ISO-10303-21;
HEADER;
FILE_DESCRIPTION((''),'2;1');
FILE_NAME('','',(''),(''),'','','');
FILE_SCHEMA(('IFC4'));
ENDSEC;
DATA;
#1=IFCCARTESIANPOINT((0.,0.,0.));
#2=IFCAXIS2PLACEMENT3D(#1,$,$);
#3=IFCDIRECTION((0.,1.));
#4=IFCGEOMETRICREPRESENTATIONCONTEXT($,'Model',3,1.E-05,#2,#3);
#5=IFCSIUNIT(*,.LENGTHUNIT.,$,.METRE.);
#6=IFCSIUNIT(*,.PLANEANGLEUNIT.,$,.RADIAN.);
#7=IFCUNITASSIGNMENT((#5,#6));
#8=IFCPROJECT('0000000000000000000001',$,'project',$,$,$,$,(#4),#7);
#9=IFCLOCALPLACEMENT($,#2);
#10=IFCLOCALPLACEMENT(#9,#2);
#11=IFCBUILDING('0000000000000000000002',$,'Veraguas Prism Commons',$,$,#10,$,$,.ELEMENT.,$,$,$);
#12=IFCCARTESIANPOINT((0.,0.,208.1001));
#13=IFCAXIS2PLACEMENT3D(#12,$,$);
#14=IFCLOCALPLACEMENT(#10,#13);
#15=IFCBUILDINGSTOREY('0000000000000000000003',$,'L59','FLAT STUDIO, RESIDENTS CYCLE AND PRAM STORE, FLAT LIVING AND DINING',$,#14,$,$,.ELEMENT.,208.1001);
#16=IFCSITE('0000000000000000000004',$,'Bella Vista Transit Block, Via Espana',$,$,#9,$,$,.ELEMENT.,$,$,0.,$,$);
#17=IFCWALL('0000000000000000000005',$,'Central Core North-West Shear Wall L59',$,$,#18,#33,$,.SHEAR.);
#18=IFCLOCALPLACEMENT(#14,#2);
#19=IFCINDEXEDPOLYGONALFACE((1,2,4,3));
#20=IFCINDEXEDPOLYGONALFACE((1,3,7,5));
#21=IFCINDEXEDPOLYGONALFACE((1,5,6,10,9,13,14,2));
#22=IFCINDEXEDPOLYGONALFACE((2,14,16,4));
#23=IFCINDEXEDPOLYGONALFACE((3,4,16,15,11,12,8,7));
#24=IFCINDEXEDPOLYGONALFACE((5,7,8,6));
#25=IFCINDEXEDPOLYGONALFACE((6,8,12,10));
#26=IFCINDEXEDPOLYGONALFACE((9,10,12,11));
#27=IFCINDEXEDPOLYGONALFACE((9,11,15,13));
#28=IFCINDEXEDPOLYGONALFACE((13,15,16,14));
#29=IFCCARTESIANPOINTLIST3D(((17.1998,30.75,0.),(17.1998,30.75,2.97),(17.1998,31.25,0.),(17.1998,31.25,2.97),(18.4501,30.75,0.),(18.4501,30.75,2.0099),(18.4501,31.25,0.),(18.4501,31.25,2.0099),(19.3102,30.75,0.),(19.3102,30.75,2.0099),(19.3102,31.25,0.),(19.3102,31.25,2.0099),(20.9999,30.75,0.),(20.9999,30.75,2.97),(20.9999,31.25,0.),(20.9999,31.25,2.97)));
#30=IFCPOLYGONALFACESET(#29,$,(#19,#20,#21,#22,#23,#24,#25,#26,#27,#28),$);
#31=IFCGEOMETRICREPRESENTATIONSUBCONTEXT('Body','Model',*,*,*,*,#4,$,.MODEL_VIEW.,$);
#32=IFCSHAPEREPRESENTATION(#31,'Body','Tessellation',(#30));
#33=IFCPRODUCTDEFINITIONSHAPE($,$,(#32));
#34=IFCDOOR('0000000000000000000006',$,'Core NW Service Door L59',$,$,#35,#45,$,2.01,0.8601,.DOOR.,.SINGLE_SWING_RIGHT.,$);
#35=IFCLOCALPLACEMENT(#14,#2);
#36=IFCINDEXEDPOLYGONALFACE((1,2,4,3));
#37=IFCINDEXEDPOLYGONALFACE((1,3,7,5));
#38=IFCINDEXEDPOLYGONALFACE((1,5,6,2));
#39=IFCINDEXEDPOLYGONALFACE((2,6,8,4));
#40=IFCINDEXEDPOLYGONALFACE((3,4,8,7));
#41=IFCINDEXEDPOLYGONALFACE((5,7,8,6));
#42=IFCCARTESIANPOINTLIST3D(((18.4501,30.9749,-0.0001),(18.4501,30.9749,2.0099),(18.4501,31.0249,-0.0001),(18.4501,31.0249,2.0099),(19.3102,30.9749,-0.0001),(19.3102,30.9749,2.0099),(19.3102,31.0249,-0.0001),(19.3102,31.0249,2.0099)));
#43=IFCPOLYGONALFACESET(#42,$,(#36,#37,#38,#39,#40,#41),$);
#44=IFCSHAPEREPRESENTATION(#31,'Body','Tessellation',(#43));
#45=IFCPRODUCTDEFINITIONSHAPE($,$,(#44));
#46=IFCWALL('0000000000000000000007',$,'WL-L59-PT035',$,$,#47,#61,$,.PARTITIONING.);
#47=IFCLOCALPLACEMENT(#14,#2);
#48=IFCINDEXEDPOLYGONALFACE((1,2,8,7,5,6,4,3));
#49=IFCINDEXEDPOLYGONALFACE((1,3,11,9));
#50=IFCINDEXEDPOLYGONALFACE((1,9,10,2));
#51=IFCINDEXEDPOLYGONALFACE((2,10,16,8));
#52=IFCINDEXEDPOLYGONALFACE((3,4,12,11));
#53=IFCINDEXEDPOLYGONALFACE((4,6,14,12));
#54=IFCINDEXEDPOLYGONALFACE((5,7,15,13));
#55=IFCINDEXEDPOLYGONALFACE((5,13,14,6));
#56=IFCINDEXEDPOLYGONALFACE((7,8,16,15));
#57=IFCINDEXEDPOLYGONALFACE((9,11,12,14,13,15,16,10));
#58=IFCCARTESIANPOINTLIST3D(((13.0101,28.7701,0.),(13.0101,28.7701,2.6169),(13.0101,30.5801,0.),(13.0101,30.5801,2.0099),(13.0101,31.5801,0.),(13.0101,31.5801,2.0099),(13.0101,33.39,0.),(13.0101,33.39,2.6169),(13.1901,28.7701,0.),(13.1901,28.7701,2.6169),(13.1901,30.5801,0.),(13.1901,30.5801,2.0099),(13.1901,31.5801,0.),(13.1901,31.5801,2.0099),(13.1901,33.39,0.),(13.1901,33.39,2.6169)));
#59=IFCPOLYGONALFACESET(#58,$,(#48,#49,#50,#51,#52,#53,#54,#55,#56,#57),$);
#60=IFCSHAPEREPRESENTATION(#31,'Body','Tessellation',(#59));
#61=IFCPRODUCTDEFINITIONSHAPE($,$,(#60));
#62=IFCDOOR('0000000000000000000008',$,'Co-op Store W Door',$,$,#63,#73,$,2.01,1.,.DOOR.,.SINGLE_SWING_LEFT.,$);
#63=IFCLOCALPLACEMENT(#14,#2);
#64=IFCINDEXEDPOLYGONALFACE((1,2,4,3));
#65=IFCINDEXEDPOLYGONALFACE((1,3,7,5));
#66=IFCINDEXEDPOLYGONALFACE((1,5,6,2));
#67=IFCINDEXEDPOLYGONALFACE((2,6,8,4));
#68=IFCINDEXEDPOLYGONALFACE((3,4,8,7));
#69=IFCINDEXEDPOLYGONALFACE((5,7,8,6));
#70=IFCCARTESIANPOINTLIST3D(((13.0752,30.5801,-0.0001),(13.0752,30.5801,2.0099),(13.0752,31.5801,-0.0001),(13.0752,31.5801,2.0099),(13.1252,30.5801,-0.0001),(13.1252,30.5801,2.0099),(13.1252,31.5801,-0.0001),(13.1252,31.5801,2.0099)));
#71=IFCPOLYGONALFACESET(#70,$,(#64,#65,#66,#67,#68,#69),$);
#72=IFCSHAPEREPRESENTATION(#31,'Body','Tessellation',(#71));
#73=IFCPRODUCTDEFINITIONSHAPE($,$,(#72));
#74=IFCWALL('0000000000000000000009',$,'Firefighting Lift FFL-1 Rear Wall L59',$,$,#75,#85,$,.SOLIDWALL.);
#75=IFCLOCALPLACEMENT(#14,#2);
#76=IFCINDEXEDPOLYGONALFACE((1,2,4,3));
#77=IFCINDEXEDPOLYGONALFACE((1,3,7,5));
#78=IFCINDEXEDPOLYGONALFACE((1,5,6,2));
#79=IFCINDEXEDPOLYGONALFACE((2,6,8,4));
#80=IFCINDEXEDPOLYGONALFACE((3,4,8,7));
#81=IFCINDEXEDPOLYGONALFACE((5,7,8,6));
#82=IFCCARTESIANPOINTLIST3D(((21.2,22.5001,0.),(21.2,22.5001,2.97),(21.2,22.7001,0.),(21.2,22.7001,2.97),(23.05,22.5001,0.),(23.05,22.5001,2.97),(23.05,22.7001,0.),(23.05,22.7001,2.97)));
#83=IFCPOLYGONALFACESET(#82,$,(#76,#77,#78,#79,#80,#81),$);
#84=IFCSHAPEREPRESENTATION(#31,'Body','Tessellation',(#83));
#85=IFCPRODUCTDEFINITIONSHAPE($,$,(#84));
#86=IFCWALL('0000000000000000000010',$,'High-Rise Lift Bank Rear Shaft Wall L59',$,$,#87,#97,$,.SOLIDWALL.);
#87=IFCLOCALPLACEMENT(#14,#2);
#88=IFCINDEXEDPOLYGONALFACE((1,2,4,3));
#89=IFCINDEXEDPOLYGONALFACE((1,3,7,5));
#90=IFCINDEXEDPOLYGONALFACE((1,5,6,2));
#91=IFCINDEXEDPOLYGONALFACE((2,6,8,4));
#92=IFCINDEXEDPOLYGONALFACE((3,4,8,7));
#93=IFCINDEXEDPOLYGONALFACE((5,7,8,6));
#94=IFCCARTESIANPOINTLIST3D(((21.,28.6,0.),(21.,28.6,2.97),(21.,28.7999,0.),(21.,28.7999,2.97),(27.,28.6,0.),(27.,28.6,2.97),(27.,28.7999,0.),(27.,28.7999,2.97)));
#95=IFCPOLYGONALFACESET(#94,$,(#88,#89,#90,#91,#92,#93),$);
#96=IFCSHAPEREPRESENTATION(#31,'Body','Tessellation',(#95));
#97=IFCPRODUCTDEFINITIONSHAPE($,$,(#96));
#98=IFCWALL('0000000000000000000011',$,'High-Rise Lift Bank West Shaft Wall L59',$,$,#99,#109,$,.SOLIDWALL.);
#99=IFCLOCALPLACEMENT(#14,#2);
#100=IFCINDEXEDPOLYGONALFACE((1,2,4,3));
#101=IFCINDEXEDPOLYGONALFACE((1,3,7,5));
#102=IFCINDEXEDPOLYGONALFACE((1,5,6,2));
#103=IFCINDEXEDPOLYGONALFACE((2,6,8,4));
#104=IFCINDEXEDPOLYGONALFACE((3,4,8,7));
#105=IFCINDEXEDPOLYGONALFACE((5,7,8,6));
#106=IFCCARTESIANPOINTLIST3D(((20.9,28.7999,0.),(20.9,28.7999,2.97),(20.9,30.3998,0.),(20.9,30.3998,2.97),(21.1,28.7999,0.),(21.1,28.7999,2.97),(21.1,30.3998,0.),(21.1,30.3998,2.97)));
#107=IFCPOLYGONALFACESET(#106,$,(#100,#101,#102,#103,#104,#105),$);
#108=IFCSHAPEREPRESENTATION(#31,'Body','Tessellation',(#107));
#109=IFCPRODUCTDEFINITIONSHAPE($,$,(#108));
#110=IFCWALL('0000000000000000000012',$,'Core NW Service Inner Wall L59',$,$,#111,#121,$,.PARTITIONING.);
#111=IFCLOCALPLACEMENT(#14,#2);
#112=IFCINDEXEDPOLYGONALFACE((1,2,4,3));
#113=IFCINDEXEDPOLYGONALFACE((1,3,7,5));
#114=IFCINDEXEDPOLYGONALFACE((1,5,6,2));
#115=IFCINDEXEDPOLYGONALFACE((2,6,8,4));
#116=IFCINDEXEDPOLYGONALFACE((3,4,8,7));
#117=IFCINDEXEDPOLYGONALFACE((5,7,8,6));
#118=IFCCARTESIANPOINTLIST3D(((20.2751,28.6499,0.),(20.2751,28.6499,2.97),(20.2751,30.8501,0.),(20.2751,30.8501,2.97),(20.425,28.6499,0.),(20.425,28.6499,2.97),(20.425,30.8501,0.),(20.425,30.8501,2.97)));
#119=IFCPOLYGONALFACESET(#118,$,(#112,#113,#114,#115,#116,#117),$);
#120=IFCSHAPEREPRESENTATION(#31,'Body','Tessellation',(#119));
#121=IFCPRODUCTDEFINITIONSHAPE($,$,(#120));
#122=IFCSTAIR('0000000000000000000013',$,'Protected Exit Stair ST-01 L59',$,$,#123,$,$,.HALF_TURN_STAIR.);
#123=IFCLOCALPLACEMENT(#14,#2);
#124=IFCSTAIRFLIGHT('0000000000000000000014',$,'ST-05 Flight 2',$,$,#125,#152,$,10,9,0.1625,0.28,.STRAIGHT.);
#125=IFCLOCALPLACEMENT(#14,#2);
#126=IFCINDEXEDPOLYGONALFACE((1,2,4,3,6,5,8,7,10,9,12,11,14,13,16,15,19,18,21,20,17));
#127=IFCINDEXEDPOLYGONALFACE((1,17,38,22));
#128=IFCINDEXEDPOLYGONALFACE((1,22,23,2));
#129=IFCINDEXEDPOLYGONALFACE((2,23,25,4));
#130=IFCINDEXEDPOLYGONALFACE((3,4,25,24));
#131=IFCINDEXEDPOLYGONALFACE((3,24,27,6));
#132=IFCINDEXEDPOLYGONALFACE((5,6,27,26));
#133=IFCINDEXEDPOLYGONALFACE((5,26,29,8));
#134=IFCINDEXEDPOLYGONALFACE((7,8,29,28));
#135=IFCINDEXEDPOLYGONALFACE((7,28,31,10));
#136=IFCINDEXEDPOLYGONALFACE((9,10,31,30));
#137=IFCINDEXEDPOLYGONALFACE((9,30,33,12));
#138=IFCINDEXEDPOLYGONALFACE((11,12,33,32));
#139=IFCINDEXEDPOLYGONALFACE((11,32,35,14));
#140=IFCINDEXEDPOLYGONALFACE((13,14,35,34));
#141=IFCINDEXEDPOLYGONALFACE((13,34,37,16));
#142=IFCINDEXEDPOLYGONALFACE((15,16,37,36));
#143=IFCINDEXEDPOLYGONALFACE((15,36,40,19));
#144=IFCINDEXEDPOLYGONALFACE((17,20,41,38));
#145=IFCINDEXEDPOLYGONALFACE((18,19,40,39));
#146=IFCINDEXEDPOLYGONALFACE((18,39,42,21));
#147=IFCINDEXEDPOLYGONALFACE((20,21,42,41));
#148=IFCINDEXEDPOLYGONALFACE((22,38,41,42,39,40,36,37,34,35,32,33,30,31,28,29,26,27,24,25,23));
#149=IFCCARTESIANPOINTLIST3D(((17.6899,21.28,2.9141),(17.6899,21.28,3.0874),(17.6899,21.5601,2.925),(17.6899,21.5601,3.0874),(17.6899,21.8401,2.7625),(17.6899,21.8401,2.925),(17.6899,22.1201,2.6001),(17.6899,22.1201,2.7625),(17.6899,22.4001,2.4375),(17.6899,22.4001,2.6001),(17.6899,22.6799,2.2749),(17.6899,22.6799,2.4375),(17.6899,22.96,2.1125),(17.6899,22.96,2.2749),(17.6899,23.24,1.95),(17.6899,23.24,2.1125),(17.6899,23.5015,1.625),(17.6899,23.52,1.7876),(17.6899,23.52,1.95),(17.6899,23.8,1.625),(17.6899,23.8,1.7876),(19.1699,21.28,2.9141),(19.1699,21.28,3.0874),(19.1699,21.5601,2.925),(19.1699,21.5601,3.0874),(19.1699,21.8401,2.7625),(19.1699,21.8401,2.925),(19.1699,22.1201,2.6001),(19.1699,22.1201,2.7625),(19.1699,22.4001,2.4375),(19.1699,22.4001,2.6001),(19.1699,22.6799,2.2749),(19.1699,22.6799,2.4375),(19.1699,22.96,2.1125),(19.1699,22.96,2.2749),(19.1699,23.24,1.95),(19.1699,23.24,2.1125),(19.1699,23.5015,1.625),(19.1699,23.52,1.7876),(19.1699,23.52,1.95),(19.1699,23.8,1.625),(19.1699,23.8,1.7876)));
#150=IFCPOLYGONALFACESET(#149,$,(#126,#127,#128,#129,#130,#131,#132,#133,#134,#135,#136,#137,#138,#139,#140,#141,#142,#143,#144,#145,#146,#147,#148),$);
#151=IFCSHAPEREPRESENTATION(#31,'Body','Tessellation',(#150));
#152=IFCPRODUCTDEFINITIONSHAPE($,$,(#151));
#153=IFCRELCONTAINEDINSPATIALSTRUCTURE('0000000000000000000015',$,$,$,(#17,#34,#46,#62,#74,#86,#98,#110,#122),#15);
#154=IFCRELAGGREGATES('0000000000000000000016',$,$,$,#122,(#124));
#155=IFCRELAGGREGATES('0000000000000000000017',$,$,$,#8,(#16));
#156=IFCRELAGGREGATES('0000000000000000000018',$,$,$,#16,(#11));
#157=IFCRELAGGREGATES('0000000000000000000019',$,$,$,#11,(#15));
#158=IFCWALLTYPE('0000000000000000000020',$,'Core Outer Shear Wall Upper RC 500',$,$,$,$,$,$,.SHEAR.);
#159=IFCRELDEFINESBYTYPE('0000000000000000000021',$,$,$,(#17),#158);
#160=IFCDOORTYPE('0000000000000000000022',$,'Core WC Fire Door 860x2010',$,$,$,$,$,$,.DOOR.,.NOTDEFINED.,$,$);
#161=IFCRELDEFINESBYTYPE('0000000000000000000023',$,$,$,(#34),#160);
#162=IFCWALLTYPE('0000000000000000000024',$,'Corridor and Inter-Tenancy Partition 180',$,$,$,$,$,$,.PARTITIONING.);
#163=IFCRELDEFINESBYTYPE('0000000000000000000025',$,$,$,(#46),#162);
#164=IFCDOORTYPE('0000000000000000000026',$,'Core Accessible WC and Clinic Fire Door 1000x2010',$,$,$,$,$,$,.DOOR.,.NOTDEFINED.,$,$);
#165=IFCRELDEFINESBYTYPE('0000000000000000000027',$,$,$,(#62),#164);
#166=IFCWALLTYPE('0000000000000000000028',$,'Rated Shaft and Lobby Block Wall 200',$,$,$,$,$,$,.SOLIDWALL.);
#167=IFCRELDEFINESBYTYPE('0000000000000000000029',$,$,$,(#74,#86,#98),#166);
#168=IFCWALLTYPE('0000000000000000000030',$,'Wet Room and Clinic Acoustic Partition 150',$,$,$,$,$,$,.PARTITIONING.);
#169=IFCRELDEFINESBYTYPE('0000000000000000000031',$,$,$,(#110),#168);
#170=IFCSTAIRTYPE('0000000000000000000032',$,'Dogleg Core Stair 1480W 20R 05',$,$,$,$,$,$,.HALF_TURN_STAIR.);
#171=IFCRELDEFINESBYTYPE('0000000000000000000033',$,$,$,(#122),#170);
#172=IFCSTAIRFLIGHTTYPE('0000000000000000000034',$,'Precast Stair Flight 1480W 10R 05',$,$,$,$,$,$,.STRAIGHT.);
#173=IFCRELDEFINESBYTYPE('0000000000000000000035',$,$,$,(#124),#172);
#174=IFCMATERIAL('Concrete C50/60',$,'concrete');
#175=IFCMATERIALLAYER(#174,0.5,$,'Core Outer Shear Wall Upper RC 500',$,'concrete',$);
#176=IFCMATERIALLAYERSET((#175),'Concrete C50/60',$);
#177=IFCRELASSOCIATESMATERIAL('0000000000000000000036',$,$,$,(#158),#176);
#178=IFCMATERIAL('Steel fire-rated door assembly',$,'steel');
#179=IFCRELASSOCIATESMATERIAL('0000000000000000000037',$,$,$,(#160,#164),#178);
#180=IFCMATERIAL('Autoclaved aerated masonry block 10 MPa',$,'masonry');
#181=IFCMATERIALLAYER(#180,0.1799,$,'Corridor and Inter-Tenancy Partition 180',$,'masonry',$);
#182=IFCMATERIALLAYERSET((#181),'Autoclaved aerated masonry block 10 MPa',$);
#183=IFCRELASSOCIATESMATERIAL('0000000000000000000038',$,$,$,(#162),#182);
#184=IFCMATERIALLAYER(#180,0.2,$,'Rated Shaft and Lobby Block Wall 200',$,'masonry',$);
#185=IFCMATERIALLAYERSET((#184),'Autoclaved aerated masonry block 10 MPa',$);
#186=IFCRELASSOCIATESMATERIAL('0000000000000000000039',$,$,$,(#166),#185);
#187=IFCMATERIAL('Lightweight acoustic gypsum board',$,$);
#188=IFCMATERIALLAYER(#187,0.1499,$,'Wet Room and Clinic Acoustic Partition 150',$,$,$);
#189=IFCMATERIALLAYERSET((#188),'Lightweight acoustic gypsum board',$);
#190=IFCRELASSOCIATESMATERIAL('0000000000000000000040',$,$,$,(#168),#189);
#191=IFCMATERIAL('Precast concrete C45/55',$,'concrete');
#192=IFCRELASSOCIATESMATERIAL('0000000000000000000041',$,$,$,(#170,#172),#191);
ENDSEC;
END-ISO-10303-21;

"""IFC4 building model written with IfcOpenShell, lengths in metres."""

from ifc_helpers import new_model, si_unit, direction, frame, frame_2d, origin, place, context, subcontext, project, spatial, polyline, rectangle, outline, extrude, source, transform, mapped, material, layer, layer_set, type_object, element, fill, aggregate, save


model = new_model("IFC4")

# Units and contexts
model_context = context("Model", 3, precision=1e-05, world=origin(), true_north=direction((0.0, 1.0)))
body_context = subcontext(model_context, "Body", "Model", "MODEL_VIEW")
ifc_project = project(units=[si_unit("LENGTHUNIT", "METRE"), si_unit("PLANEANGLEUNIT", "RADIAN")], contexts=[model_context])

# Site, building, storey
site_placement = place(None, origin())
site = spatial("IfcSite", under=ifc_project, at=site_placement, Name="Bella Vista Transit Block, Via Espana", CompositionType="ELEMENT", RefElevation=0.0)
building_placement = place(site_placement, origin())
building = spatial("IfcBuilding", under=site, at=building_placement, Name="Veraguas Prism Commons", CompositionType="ELEMENT")
storey_placement = place(building_placement, frame((0.0, 0.0, 208.1001)))
storey = spatial("IfcBuildingStorey", under=building, at=storey_placement, Name="L59", Description="FLAT STUDIO, RESIDENTS CYCLE AND PRAM STORE, FLAT LIVING AND DINING", CompositionType="ELEMENT", Elevation=208.1001)

# Shared definitions
ifc_material_1 = material(Name="Concrete C50/60", Category="concrete")

# Walls, openings, doors
ifc_layer_1 = layer(ifc_material_1, 0.5, Name="Core Outer Shear Wall Upper RC 500", Category="concrete")
ifc_layer_set_1 = layer_set([ifc_layer_1], Name="Concrete C50/60")
wall_type_1 = type_object("IfcWallType", Name="Core Outer Shear Wall Upper RC 500", PredefinedType="SHEAR", material=ifc_layer_set_1)
wall_1_placement = place(storey_placement, frame((17.2, 31.0, 0.0), z_axis=(0.0, 0.0, 1.0), x_axis=(1.0, 0.0, 0.0)))
wall_1 = element("IfcWall", 1, at=wall_1_placement, inside=storey, type_object=wall_type_1, Name="Central Core North-West Shear Wall L59", PredefinedType="SHEAR", context=body_context, shape_type="SweptSolid", body=[
    extrude(rectangle(XDim=3.8, YDim=0.5, at=frame_2d((1.8999, 0.0))), origin(), (0.0, 0.0, 1.0), 2.97),
])
opening_1_placement = place(wall_1_placement, frame((1.25, 0.0, 0.0)))
opening_1 = element("IfcOpeningElement", 2, at=opening_1_placement, cuts=wall_1, PredefinedType="OPENING", context=body_context, shape_type="SweptSolid", body=[
    extrude(rectangle(XDim=0.8601, YDim=2.01, at=frame_2d((0.4302, 1.0049))), frame((0.0, 0.26, 0.0), z_axis=(0.0, -1.0, 0.0), x_axis=(1.0, 0.0, 0.0)), (0.0, 0.0, 1.0), 0.52),
])
ifc_material_2 = material(Name="Steel fire-rated door assembly", Category="steel")
door_type_1 = type_object("IfcDoorType", Name="Core WC Fire Door 860x2010", OperationType="NOTDEFINED", PredefinedType="DOOR", material=ifc_material_2)
shared_shape_1 = source(origin(), body_context, "Body", "SweptSolid", [
    extrude(rectangle(XDim=0.8601, YDim=2.01, at=frame_2d((0.4302, 1.0049))), frame((0.0, 0.0249, 0.0), z_axis=(0.0, -1.0, 0.0), x_axis=(1.0, 0.0, 0.0)), (0.0, 0.0, 1.0), 0.05),
])
door_1_placement = place(opening_1_placement, origin())
door_1 = element("IfcDoor", 3, at=door_1_placement, inside=storey, type_object=door_type_1, Name="Core NW Service Door L59", OperationType="SINGLE_SWING_RIGHT", OverallHeight=2.01, OverallWidth=0.8601, PredefinedType="DOOR", context=body_context, shape_type="MappedRepresentation", body=[
    mapped(shared_shape_1, transform((0.0, 0.0, 0.0), scale=1.0)),
])
fill(opening_1, door_1)
ifc_material_3 = material(Name="Autoclaved aerated masonry block 10 MPa", Category="masonry")
ifc_layer_2 = layer(ifc_material_3, 0.1799, Name="Corridor and Inter-Tenancy Partition 180", Category="masonry")
ifc_layer_set_2 = layer_set([ifc_layer_2], Name="Autoclaved aerated masonry block 10 MPa")
wall_type_2 = type_object("IfcWallType", Name="Corridor and Inter-Tenancy Partition 180", PredefinedType="PARTITIONING", material=ifc_layer_set_2)
wall_2_placement = place(storey_placement, frame((13.1001, 28.77, 0.0), z_axis=(0.0, 0.0, 1.0), x_axis=(0.0, 1.0, 0.0)))
wall_2 = element("IfcWall", 4, at=wall_2_placement, inside=storey, type_object=wall_type_2, Name="WL-L59-PT035", PredefinedType="PARTITIONING", context=body_context, shape_type="SweptSolid", body=[
    extrude(rectangle(XDim=4.6199, YDim=0.1799, at=frame_2d((2.3101, 0.0))), origin(), (0.0, 0.0, 1.0), 2.6169),
])
opening_2_placement = place(wall_2_placement, frame((1.8101, 0.0, 0.0)))
opening_2 = element("IfcOpeningElement", 5, at=opening_2_placement, cuts=wall_2, PredefinedType="OPENING", context=body_context, shape_type="SweptSolid", body=[
    extrude(rectangle(XDim=1.0, YDim=2.01, at=frame_2d((0.5, 1.0049))), frame((0.0, 0.0999, 0.0), z_axis=(0.0, -1.0, 0.0), x_axis=(1.0, 0.0, 0.0)), (0.0, 0.0, 1.0), 0.2),
])
door_type_2 = type_object("IfcDoorType", Name="Core Accessible WC and Clinic Fire Door 1000x2010", OperationType="NOTDEFINED", PredefinedType="DOOR", material=ifc_material_2)
shared_shape_2 = source(origin(), body_context, "Body", "SweptSolid", [
    extrude(rectangle(XDim=1.0, YDim=2.01, at=frame_2d((0.5, 1.0049))), frame((0.0, 0.0249, 0.0), z_axis=(0.0, -1.0, 0.0), x_axis=(1.0, 0.0, 0.0)), (0.0, 0.0, 1.0), 0.05),
])
door_2_placement = place(opening_2_placement, origin())
door_2 = element("IfcDoor", 6, at=door_2_placement, inside=storey, type_object=door_type_2, Name="Co-op Store W Door", OperationType="SINGLE_SWING_LEFT", OverallHeight=2.01, OverallWidth=1.0, PredefinedType="DOOR", context=body_context, shape_type="MappedRepresentation", body=[
    mapped(shared_shape_2, transform((0.0, 0.0, 0.0), scale=1.0)),
])
fill(opening_2, door_2)

# Walls
ifc_layer_3 = layer(ifc_material_3, 0.2, Name="Rated Shaft and Lobby Block Wall 200", Category="masonry")
ifc_layer_set_3 = layer_set([ifc_layer_3], Name="Autoclaved aerated masonry block 10 MPa")
wall_type_3 = type_object("IfcWallType", Name="Rated Shaft and Lobby Block Wall 200", PredefinedType="SOLIDWALL", material=ifc_layer_set_3)
wall_3_placement = place(storey_placement, frame((21.2, 22.6001, 0.0), z_axis=(0.0, 0.0, 1.0), x_axis=(1.0, 0.0, 0.0)))
element("IfcWall", 7, at=wall_3_placement, inside=storey, type_object=wall_type_3, Name="Firefighting Lift FFL-1 Rear Wall L59", PredefinedType="SOLIDWALL", context=body_context, shape_type="SweptSolid", body=[
    extrude(rectangle(XDim=1.8501, YDim=0.2, at=frame_2d((0.925, 0.0))), origin(), (0.0, 0.0, 1.0), 2.97),
])
wall_4_placement = place(storey_placement, frame((21.0, 28.7, 0.0), z_axis=(0.0, 0.0, 1.0), x_axis=(1.0, 0.0, 0.0)))
element("IfcWall", 8, at=wall_4_placement, inside=storey, type_object=wall_type_3, Name="High-Rise Lift Bank Rear Shaft Wall L59", PredefinedType="SOLIDWALL", context=body_context, shape_type="SweptSolid", body=[
    extrude(rectangle(XDim=6.0, YDim=0.2, at=frame_2d((3.0, 0.0))), origin(), (0.0, 0.0, 1.0), 2.97),
])
wall_5_placement = place(storey_placement, frame((21.0, 28.8, 0.0), z_axis=(0.0, 0.0, 1.0), x_axis=(0.0, 1.0, 0.0)))
element("IfcWall", 9, at=wall_5_placement, inside=storey, type_object=wall_type_3, Name="High-Rise Lift Bank West Shaft Wall L59", PredefinedType="SOLIDWALL", context=body_context, shape_type="SweptSolid", body=[
    extrude(rectangle(XDim=1.5999, YDim=0.2, at=frame_2d((0.7998, 0.0))), origin(), (0.0, 0.0, 1.0), 2.97),
])
ifc_material_4 = material(Name="Lightweight acoustic gypsum board")
ifc_layer_4 = layer(ifc_material_4, 0.1499, Name="Wet Room and Clinic Acoustic Partition 150")
ifc_layer_set_4 = layer_set([ifc_layer_4], Name="Lightweight acoustic gypsum board")
wall_type_4 = type_object("IfcWallType", Name="Wet Room and Clinic Acoustic Partition 150", PredefinedType="PARTITIONING", material=ifc_layer_set_4)
wall_6_placement = place(storey_placement, frame((20.3501, 28.6499, 0.0), z_axis=(0.0, 0.0, 1.0), x_axis=(0.0, 1.0, 0.0)))
element("IfcWall", 10, at=wall_6_placement, inside=storey, type_object=wall_type_4, Name="Core NW Service Inner Wall L59", PredefinedType="PARTITIONING", context=body_context, shape_type="SweptSolid", body=[
    extrude(rectangle(XDim=2.2002, YDim=0.1499, at=frame_2d((1.1001, 0.0))), origin(), (0.0, 0.0, 1.0), 2.97),
])

# Stair, stair flight
ifc_material_5 = material(Name="Precast concrete C45/55", Category="concrete")
stair_type = type_object("IfcStairType", Name="Dogleg Core Stair 1480W 20R 05", PredefinedType="HALF_TURN_STAIR", material=ifc_material_5)
stair_placement = place(storey_placement, origin())
stair = element("IfcStair", 11, at=stair_placement, inside=storey, type_object=stair_type, Name="Protected Exit Stair ST-01 L59", PredefinedType="HALF_TURN_STAIR")
stair_flight_type = type_object("IfcStairFlightType", Name="Precast Stair Flight 1480W 10R 05", PredefinedType="STRAIGHT", material=ifc_material_5)
stair_flight_placement = place(storey_placement, frame((18.4299, 23.8, 1.625), z_axis=(0.0, 0.0, 1.0), x_axis=(0.0, -1.0, 0.0)))
stair_flight = element("IfcStairFlight", 12, at=stair_flight_placement, type_object=stair_flight_type, Name="ST-05 Flight 2", NumberOfRisers=10, NumberOfTreads=9, PredefinedType="STRAIGHT", RiserHeight=0.1625, TreadLength=0.28, context=body_context, shape_type="SweptSolid", body=[
    extrude(outline(polyline([(0.0, 0.0), (0.0, 0.1626), (0.28, 0.1626), (0.28, 0.325), (0.5601, 0.325), (0.5601, 0.4875), (0.8401, 0.4875), (0.8401, 0.6499), (1.1201, 0.6499), (1.1201, 0.8125), (1.3999, 0.8125), (1.3999, 0.9751), (1.6799, 0.9751), (1.6799, 1.1375), (1.96, 1.1375), (1.96, 1.3), (2.24, 1.3), (2.24, 1.4624), (2.52, 1.4624), (2.52, 1.625), (2.52, 1.2891), (0.2986, 0.0), (0.0, 0.0)])), frame((0.0, 0.74, 0.0), z_axis=(0.0, -1.0, 0.0), x_axis=(1.0, 0.0, 0.0)), (0.0, 0.0, 1.0), 1.48),
])
aggregate(stair, [stair_flight])

save(model, "model.ifc")
